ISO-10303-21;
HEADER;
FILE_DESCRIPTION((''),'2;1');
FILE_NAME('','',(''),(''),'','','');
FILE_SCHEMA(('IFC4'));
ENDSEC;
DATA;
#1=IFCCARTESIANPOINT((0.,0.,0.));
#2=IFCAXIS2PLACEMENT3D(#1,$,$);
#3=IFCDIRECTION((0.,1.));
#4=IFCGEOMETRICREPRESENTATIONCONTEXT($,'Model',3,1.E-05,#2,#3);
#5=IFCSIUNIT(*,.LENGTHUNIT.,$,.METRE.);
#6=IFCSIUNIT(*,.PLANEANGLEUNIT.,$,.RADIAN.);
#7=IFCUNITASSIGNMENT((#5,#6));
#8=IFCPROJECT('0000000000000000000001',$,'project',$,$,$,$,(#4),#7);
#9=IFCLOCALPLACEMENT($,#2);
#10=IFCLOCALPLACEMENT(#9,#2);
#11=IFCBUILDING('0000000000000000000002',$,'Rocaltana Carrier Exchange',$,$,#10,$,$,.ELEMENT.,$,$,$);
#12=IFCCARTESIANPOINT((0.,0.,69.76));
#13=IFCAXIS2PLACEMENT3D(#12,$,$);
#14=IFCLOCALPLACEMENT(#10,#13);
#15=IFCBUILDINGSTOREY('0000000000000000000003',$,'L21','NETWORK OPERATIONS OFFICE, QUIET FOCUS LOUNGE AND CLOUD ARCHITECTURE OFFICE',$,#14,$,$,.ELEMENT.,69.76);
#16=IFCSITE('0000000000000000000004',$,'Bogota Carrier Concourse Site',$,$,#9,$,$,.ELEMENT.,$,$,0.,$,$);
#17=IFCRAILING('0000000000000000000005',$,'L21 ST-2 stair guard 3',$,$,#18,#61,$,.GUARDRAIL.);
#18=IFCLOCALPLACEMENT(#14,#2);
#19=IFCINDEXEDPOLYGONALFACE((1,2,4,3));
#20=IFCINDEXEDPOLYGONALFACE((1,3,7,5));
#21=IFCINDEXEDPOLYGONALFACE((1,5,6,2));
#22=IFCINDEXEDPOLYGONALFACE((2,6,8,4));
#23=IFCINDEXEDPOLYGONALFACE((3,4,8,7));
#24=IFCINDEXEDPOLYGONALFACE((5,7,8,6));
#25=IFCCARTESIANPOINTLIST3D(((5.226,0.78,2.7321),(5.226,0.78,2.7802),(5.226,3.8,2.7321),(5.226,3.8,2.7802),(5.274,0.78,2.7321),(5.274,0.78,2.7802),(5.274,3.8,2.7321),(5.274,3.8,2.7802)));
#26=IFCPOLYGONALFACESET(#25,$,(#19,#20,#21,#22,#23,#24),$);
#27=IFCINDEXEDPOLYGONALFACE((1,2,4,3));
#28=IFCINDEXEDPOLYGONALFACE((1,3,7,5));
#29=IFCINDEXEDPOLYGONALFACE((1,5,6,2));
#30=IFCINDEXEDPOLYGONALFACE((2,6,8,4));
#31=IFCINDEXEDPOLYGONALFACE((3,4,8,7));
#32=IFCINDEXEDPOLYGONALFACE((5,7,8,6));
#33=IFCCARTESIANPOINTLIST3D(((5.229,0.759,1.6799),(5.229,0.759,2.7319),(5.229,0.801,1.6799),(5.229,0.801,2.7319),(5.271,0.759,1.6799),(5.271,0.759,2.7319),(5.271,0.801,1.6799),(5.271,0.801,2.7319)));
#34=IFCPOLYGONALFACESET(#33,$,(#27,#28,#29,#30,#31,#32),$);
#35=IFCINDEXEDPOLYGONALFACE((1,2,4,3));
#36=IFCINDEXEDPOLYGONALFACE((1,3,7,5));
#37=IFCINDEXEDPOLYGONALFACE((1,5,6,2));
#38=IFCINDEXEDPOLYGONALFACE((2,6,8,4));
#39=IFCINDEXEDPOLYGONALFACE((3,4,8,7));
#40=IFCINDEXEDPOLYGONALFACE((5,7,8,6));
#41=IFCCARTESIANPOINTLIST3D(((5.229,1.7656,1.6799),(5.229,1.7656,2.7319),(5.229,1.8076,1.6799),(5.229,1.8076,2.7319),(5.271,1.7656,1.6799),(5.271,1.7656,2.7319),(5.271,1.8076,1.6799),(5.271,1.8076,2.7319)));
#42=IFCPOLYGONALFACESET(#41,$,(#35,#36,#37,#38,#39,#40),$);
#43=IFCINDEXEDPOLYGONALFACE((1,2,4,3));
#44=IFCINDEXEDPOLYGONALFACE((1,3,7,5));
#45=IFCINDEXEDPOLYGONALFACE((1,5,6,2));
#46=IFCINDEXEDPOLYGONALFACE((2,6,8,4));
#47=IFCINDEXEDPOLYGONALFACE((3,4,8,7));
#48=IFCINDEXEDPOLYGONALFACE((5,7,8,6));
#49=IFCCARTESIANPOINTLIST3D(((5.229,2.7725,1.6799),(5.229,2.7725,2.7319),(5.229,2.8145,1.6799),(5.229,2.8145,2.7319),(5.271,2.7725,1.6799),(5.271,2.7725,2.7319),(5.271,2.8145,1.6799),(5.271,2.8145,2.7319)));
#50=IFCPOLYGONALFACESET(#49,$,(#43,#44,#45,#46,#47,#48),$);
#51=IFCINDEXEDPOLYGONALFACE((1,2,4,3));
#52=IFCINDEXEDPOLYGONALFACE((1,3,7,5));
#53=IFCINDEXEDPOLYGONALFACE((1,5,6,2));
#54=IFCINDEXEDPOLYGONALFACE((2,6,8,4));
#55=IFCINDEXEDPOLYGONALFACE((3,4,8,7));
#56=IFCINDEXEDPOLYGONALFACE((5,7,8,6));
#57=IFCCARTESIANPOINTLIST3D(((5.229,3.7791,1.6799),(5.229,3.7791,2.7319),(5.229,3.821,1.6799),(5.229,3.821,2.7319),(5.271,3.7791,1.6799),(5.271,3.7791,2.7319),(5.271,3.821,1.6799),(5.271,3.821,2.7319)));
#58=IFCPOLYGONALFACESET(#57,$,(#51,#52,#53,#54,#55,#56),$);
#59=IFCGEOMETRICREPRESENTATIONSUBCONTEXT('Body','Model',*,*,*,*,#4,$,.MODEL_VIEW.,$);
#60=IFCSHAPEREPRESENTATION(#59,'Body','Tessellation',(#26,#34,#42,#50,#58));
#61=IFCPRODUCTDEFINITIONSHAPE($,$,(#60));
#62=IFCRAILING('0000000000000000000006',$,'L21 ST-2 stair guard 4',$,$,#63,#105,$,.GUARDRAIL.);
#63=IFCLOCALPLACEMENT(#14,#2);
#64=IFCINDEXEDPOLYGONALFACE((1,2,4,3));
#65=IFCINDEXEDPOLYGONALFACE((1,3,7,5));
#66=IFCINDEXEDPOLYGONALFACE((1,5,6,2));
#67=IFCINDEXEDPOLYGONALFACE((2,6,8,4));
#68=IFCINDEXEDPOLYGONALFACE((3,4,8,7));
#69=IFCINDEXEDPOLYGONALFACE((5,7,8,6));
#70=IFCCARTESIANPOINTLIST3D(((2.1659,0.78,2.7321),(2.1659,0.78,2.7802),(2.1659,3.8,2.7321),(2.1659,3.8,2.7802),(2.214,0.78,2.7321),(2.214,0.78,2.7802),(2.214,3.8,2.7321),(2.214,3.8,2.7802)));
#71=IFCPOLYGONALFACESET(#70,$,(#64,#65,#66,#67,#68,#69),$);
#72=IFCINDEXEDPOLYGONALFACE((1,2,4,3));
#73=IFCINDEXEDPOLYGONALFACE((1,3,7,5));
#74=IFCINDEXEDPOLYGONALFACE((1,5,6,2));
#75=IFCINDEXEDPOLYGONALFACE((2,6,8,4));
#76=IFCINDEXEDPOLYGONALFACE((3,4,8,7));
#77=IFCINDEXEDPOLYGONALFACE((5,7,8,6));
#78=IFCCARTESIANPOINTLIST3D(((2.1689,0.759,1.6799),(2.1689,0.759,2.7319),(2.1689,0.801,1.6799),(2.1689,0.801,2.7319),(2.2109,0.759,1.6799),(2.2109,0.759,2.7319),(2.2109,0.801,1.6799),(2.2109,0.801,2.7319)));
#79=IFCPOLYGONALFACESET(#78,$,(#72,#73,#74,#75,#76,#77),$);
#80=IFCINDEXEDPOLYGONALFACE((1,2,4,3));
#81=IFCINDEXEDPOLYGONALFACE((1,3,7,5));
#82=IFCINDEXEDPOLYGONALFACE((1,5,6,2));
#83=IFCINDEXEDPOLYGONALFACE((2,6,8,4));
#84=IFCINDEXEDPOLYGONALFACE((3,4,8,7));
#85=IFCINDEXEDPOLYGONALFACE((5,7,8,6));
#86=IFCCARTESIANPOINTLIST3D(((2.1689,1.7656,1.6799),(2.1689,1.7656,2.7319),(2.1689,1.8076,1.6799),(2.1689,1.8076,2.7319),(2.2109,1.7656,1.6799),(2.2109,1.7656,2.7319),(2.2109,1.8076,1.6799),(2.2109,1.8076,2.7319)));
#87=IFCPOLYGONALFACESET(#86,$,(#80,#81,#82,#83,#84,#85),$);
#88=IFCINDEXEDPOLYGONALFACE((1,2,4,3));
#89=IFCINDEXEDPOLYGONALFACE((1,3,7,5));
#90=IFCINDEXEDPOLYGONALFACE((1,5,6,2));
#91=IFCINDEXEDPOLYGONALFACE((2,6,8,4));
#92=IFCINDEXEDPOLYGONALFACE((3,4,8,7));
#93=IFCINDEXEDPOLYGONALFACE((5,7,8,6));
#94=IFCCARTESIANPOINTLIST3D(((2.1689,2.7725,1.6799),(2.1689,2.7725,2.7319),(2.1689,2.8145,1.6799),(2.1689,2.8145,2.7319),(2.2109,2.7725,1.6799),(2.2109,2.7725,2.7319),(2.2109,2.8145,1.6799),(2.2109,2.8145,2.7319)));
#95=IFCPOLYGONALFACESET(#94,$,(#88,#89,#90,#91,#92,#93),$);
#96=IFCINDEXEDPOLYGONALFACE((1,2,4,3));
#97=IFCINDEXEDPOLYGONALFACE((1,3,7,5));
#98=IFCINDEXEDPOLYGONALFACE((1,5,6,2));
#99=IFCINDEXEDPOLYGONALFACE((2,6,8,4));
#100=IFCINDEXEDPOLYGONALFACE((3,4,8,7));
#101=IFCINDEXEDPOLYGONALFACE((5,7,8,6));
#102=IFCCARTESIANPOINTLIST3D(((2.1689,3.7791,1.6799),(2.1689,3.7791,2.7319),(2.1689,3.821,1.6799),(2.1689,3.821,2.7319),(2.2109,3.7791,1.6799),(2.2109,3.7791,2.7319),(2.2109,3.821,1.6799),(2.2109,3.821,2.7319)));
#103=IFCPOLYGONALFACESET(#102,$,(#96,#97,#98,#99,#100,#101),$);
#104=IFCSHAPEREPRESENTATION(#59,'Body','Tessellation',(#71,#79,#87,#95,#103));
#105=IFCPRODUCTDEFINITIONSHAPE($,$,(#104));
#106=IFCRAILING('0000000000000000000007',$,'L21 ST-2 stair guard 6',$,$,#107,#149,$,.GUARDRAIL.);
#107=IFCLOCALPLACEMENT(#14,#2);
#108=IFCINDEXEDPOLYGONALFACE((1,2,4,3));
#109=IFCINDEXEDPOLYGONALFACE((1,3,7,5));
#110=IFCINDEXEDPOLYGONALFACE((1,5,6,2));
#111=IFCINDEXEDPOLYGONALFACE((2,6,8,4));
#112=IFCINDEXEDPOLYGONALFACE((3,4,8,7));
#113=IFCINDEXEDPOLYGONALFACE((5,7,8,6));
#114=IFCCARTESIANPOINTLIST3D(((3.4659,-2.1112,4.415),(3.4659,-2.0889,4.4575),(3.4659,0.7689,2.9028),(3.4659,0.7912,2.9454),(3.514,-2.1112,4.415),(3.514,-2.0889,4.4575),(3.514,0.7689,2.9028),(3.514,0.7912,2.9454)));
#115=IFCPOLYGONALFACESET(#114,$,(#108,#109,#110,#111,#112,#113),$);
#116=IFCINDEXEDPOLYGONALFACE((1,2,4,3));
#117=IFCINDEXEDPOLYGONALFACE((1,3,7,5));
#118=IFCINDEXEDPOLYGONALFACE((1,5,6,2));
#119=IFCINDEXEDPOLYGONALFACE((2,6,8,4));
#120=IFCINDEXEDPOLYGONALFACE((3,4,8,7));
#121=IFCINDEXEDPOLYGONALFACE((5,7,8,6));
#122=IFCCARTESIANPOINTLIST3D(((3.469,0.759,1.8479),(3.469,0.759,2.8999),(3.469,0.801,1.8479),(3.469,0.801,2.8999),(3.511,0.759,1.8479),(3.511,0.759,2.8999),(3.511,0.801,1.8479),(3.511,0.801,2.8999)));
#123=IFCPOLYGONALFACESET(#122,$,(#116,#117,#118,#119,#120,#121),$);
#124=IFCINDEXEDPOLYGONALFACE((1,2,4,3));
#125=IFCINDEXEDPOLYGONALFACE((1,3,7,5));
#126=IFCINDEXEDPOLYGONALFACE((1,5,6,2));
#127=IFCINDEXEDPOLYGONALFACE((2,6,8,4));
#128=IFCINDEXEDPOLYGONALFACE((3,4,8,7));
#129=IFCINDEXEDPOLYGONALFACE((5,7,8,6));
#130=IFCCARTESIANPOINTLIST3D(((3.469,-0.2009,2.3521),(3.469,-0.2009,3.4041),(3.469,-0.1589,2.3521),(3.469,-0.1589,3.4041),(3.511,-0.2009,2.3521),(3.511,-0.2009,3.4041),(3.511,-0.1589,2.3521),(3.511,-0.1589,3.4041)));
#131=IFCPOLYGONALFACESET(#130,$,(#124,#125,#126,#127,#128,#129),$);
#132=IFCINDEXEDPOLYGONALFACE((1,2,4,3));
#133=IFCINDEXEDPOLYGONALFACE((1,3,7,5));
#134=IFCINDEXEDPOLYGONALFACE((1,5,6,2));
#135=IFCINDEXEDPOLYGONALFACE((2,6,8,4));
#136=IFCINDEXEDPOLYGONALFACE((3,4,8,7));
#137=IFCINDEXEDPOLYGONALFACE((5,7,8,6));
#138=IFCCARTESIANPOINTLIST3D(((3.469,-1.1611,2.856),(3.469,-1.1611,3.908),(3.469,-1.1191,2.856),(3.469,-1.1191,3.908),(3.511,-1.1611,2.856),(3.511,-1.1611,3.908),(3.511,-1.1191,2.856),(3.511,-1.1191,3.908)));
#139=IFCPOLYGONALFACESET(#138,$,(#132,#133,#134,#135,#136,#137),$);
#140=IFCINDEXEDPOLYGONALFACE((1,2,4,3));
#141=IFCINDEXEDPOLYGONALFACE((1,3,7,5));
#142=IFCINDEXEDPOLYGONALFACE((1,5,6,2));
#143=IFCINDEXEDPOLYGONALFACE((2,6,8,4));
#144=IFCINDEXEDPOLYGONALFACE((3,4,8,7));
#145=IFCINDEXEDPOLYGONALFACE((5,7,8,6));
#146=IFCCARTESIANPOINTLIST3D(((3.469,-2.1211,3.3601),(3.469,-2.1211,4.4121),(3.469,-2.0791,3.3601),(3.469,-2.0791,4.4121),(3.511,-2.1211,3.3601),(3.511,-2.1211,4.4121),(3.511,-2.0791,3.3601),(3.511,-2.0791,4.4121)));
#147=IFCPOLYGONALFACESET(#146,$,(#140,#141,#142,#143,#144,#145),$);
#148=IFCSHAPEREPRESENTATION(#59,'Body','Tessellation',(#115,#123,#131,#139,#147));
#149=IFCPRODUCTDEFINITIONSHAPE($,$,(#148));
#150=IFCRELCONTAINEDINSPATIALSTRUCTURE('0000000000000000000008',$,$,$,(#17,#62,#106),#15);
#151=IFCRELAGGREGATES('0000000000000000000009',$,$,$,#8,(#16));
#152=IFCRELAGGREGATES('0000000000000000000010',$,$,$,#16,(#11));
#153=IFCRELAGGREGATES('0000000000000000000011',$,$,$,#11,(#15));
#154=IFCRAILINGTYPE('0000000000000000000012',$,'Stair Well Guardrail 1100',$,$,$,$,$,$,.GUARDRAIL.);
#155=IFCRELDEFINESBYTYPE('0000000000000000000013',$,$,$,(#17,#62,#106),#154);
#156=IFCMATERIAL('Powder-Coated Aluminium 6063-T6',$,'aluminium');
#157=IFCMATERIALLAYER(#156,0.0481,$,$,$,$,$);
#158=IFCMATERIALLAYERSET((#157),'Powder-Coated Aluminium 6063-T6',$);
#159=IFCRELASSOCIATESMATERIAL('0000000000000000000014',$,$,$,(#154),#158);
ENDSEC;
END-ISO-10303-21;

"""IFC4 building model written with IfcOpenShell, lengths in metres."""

from ifc_helpers import new_model, si_unit, direction, frame, origin, origin_2d, place, context, subcontext, project, spatial, rectangle, extrude, material, layer, layer_set, type_object, element, save


model = new_model("IFC4")

# Units and contexts
model_context = context("Model", 3, precision=1e-05, world=origin(), true_north=direction((0.0, 1.0)))
body_context = subcontext(model_context, "Body", "Model", "MODEL_VIEW")
ifc_project = project(units=[si_unit("LENGTHUNIT", "METRE"), si_unit("PLANEANGLEUNIT", "RADIAN")], contexts=[model_context])

# Site, building, storey
site_placement = place(None, origin())
site = spatial("IfcSite", under=ifc_project, at=site_placement, Name="Bogota Carrier Concourse Site", CompositionType="ELEMENT", RefElevation=0.0)
building_placement = place(site_placement, origin())
building = spatial("IfcBuilding", under=site, at=building_placement, Name="Rocaltana Carrier Exchange", CompositionType="ELEMENT")
storey_placement = place(building_placement, frame((0.0, 0.0, 69.76)))
storey = spatial("IfcBuildingStorey", under=building, at=storey_placement, Name="L21", Description="NETWORK OPERATIONS OFFICE, QUIET FOCUS LOUNGE AND CLOUD ARCHITECTURE OFFICE", CompositionType="ELEMENT", Elevation=69.76)

# Railings
ifc_material_1 = material(Name="Powder-Coated Aluminium 6063-T6", Category="aluminium")
ifc_layer_1 = layer(ifc_material_1, 0.0481)
ifc_layer_set_1 = layer_set([ifc_layer_1], Name="Powder-Coated Aluminium 6063-T6")
railing_type_1 = type_object("IfcRailingType", Name="Stair Well Guardrail 1100", PredefinedType="GUARDRAIL", material=ifc_layer_set_1)
for number, where, name in (
    (1, (5.25, 0.78, 1.6799), "L21 ST-2 stair guard 3"),
    (2, (2.1899, 0.78, 1.6799), "L21 ST-2 stair guard 4"),
):
    element("IfcRailing", number, at=place(storey_placement, frame(where)), inside=storey, type_object=railing_type_1, Name=name, PredefinedType="GUARDRAIL", context=body_context, shape_type="SweptSolid", body=[
        extrude(rectangle(XDim=0.0481, YDim=0.0481, at=origin_2d()), frame((0.0, 0.0, 1.0762), z_axis=(0.0, 1.0, 0.0), x_axis=(-1.0, 0.0, 0.0)), (0.0, 0.0, 1.0), 3.02),
        extrude(rectangle(XDim=0.042, YDim=0.042, at=origin_2d()), origin(), (0.0, 0.0, 1.0), 1.052),
        extrude(rectangle(XDim=0.042, YDim=0.042, at=origin_2d()), frame((0.0, 1.0066, 0.0)), (0.0, 0.0, 1.0), 1.052),
        extrude(rectangle(XDim=0.042, YDim=0.042, at=origin_2d()), frame((0.0, 2.0134, 0.0)), (0.0, 0.0, 1.0), 1.052),
        extrude(rectangle(XDim=0.042, YDim=0.042, at=origin_2d()), frame((0.0, 3.02, 0.0)), (0.0, 0.0, 1.0), 1.052),
    ])
railing_1_placement = place(storey_placement, frame((3.49, 0.78, 1.8479)))
element("IfcRailing", 3, at=railing_1_placement, inside=storey, type_object=railing_type_1, Name="L21 ST-2 stair guard 6", PredefinedType="GUARDRAIL", context=body_context, shape_type="SweptSolid", body=[
    extrude(rectangle(XDim=0.0481, YDim=0.0481, at=origin_2d()), frame((0.0, 0.0, 1.0762), z_axis=(0.0, -0.88538, 0.464868), x_axis=(1.0, 0.0, 0.0)), (0.0, 0.0, 1.0), 3.2529),
    extrude(rectangle(XDim=0.042, YDim=0.042, at=origin_2d()), origin(), (0.0, 0.0, 1.0), 1.052),
    extrude(rectangle(XDim=0.042, YDim=0.042, at=origin_2d()), frame((0.0, -0.96, 0.5042)), (0.0, 0.0, 1.0), 1.052),
    extrude(rectangle(XDim=0.042, YDim=0.042, at=origin_2d()), frame((0.0, -1.9202, 1.0081)), (0.0, 0.0, 1.0), 1.052),
    extrude(rectangle(XDim=0.042, YDim=0.042, at=origin_2d()), frame((0.0, -2.8801, 1.5122)), (0.0, 0.0, 1.0), 1.052),
])

save(model, "model.ifc")
